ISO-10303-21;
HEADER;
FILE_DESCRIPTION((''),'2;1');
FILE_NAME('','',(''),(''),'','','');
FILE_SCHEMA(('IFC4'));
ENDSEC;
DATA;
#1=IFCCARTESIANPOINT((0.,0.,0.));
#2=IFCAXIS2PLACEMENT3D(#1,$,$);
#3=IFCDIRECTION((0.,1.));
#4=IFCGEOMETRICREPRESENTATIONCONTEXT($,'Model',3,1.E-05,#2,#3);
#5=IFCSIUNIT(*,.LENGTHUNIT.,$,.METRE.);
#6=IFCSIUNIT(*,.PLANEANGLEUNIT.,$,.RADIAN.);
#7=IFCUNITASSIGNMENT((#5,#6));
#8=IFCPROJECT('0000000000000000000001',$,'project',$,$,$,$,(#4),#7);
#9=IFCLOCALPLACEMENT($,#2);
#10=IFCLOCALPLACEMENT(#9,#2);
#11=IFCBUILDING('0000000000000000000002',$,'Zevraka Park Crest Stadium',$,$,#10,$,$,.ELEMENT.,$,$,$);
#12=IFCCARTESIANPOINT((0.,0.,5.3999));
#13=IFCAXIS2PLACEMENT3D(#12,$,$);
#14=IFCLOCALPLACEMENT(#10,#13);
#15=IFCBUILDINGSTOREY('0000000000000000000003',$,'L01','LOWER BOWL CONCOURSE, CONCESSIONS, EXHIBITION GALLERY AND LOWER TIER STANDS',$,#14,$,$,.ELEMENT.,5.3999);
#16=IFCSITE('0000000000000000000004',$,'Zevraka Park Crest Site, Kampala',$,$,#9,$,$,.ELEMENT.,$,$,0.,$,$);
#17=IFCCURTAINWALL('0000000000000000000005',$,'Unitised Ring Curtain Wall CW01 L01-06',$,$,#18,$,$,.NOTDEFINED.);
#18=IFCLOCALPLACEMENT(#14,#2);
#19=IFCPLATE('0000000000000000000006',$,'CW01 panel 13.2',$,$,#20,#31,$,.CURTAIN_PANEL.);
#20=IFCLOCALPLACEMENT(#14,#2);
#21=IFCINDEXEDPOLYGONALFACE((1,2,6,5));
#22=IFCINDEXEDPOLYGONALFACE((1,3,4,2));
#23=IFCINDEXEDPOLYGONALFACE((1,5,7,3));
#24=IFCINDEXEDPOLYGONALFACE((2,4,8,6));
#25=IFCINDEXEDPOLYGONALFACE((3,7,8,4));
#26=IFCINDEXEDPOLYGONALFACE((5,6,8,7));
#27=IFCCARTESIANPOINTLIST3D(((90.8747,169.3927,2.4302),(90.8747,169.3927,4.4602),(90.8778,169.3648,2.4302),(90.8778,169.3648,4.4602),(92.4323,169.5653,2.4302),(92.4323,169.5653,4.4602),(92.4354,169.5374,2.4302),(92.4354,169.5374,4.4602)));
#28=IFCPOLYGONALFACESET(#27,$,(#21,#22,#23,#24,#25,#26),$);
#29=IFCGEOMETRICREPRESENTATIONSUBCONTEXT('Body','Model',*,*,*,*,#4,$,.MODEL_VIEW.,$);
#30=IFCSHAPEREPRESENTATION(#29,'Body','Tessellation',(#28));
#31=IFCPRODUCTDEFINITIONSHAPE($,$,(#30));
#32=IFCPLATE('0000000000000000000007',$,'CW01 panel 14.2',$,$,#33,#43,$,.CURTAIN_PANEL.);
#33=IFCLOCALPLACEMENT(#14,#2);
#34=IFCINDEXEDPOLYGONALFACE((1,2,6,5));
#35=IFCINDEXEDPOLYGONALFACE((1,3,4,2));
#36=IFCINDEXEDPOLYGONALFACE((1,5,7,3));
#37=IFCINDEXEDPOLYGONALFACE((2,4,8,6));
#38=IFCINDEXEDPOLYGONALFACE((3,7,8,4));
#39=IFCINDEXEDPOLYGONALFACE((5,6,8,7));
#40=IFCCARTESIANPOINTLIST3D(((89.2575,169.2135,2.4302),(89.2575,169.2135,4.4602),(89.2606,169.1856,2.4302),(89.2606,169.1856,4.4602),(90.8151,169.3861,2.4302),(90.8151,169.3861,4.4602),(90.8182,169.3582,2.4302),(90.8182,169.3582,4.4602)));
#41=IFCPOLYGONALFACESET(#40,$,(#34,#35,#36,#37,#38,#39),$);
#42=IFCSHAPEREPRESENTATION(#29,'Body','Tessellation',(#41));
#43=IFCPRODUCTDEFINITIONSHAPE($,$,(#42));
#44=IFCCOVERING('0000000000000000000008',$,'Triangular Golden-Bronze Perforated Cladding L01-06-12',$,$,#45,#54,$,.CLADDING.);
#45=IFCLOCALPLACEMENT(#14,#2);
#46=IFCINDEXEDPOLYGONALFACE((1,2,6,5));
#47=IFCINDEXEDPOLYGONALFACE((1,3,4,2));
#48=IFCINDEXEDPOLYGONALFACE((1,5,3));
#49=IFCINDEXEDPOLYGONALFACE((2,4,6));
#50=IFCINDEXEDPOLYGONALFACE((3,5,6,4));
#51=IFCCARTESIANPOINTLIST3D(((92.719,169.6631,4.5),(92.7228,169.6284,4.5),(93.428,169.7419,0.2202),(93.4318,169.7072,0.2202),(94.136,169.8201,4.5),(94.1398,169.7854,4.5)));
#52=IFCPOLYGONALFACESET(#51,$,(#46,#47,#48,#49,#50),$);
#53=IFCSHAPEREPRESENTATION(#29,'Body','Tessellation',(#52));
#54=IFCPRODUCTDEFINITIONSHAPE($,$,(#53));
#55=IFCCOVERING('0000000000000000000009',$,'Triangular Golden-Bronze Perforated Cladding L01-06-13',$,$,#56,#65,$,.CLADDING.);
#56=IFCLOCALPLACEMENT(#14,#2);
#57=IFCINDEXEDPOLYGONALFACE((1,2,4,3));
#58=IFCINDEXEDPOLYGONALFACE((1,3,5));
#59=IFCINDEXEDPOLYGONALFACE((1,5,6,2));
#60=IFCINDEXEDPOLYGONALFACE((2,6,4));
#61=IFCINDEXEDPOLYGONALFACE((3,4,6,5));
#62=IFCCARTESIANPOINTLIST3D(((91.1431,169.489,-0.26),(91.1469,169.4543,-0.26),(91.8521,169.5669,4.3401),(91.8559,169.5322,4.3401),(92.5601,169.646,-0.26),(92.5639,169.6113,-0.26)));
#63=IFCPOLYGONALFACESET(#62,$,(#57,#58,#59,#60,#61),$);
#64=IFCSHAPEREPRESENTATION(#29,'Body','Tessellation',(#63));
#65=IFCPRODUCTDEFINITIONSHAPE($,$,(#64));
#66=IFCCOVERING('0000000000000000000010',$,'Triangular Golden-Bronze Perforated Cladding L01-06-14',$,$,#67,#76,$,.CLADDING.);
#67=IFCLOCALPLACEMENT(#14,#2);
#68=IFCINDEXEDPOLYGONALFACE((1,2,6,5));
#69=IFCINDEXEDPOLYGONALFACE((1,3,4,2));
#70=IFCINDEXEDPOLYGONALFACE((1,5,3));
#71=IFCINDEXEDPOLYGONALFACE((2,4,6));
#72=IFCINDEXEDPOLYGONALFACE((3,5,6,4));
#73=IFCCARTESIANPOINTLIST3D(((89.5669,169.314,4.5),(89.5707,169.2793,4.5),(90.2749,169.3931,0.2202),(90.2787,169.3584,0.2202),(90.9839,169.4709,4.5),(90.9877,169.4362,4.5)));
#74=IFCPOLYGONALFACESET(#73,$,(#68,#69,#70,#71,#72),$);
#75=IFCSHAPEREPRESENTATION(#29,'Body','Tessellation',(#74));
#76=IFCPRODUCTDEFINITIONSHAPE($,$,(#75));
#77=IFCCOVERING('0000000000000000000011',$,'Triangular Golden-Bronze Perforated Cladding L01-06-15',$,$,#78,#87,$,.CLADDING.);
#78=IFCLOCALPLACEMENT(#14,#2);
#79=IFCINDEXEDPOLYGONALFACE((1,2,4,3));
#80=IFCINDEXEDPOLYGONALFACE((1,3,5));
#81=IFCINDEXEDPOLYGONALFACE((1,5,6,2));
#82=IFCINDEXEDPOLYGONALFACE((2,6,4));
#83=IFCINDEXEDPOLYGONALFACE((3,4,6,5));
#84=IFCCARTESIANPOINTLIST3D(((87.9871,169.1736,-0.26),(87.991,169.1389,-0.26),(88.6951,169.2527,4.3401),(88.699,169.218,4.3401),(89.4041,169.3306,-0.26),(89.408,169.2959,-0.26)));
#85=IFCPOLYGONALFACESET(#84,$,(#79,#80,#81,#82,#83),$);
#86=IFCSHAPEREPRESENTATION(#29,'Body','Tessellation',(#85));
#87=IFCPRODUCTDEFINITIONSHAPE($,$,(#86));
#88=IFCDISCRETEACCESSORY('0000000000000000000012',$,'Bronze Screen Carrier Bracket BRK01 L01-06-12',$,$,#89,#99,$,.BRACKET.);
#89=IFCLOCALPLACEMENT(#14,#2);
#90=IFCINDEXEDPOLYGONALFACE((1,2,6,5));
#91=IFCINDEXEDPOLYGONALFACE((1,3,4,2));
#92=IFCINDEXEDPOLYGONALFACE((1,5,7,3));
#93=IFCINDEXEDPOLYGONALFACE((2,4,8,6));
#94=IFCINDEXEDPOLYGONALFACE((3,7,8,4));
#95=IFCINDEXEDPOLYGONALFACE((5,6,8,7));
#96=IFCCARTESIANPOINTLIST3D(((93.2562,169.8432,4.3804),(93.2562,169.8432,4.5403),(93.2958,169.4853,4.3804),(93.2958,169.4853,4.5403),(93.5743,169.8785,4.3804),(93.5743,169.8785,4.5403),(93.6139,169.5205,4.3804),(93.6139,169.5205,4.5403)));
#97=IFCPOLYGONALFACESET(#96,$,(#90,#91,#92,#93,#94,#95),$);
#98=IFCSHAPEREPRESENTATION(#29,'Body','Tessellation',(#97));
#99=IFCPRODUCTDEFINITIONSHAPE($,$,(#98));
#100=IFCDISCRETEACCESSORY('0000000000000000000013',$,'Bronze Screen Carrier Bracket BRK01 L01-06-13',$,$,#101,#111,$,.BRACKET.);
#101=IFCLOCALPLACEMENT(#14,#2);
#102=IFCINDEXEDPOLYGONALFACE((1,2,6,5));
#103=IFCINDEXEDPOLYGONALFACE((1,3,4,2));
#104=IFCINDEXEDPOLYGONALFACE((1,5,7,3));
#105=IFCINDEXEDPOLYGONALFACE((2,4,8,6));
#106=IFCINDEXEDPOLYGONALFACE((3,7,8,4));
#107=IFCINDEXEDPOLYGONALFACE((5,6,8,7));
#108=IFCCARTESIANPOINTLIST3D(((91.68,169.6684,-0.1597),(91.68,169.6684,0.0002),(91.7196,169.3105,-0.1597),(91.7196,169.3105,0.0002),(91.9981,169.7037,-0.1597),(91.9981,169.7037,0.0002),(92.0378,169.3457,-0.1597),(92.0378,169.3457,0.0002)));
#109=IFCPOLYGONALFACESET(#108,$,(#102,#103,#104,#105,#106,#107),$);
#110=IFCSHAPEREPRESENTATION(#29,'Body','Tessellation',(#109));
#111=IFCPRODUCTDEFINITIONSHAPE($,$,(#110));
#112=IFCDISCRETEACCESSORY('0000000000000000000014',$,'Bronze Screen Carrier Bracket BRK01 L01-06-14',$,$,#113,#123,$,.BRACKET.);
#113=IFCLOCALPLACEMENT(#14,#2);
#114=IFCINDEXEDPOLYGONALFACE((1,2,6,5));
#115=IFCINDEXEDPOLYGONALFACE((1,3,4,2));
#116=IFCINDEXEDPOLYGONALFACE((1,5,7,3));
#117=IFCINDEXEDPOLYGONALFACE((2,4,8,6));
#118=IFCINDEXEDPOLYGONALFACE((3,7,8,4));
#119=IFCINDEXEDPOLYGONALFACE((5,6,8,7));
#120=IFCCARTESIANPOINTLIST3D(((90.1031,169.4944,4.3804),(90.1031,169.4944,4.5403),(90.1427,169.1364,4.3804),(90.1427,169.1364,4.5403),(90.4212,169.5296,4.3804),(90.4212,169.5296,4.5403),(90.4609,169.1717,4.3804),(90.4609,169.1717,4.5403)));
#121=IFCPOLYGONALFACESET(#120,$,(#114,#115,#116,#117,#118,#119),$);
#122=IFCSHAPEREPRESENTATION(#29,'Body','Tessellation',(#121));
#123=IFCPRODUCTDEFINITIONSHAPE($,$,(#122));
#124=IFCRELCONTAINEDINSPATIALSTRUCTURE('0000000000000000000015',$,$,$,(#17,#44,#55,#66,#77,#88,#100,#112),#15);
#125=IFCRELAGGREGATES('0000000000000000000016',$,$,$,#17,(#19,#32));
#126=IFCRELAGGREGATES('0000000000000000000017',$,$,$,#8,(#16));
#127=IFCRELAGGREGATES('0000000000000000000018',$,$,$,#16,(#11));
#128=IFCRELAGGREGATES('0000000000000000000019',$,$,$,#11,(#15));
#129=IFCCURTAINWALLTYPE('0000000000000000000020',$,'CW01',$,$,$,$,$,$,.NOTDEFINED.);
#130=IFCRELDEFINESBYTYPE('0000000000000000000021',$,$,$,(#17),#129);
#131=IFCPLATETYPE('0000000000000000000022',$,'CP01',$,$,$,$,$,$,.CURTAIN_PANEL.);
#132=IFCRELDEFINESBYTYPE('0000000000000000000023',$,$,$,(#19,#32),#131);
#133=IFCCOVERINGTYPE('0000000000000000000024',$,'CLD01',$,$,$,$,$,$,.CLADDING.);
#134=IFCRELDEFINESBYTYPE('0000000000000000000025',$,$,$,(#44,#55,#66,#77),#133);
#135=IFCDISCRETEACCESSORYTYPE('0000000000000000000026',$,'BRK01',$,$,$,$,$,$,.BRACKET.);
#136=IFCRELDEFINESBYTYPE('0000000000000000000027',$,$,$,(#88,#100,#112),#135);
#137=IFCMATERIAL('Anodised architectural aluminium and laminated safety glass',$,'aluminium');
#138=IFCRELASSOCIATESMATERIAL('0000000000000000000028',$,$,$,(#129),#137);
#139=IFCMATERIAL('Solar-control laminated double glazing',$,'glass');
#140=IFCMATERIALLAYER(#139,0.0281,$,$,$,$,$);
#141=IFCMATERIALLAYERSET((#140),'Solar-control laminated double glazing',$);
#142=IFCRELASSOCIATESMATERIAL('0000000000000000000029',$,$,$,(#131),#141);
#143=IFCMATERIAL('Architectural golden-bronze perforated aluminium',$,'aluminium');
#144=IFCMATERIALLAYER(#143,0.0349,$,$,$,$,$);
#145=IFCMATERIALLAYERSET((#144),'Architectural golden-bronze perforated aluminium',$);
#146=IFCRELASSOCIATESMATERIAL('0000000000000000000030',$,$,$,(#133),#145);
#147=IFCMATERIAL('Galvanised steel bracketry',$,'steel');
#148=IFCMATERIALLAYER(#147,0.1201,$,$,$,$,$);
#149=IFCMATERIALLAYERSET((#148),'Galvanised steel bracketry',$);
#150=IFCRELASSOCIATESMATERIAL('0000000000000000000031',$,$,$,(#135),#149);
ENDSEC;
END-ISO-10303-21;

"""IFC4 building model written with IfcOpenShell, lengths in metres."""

from ifc_helpers import new_model, si_unit, direction, frame, origin, origin_2d, place, context, subcontext, project, spatial, polyline, rectangle, outline, extrude, material, layer, layer_set, type_object, element, aggregate, save


model = new_model("IFC4")

# Units and contexts
model_context = context("Model", 3, precision=1e-05, world=origin(), true_north=direction((0.0, 1.0)))
body_context = subcontext(model_context, "Body", "Model", "MODEL_VIEW")
ifc_project = project(units=[si_unit("LENGTHUNIT", "METRE"), si_unit("PLANEANGLEUNIT", "RADIAN")], contexts=[model_context])

# Site, building, storey
site_placement = place(None, origin())
site = spatial("IfcSite", under=ifc_project, at=site_placement, Name="Zevraka Park Crest Site, Kampala", CompositionType="ELEMENT", RefElevation=0.0)
building_placement = place(site_placement, origin())
building = spatial("IfcBuilding", under=site, at=building_placement, Name="Zevraka Park Crest Stadium", CompositionType="ELEMENT")
storey_placement = place(building_placement, frame((0.0, 0.0, 5.3999)))
storey = spatial("IfcBuildingStorey", under=building, at=storey_placement, Name="L01", Description="LOWER BOWL CONCOURSE, CONCESSIONS, EXHIBITION GALLERY AND LOWER TIER STANDS", CompositionType="ELEMENT", Elevation=5.3999)

# Curtain wall
ifc_material_1 = material(Name="Anodised architectural aluminium and laminated safety glass", Category="aluminium")
curtain_wall_type = type_object("IfcCurtainWallType", Name="CW01", PredefinedType="NOTDEFINED", material=ifc_material_1)
curtain_wall_placement = place(storey_placement, origin())
curtain_wall = element("IfcCurtainWall", 1, at=curtain_wall_placement, inside=storey, type_object=curtain_wall_type, Name="Unitised Ring Curtain Wall CW01 L01-06", PredefinedType="NOTDEFINED")

# Plates
ifc_material_2 = material(Name="Solar-control laminated double glazing", Category="glass")
ifc_layer_1 = layer(ifc_material_2, 0.0281)
ifc_layer_set_1 = layer_set([ifc_layer_1], Name="Solar-control laminated double glazing")
plate_type = type_object("IfcPlateType", Name="CP01", PredefinedType="CURTAIN_PANEL", material=ifc_layer_set_1)
plate_1_placement = place(storey_placement, frame((91.655, 169.4651, 2.4302), z_axis=(0.0, 0.0, 1.0), x_axis=(-0.993917, -0.110135, 0.0)))
plate_1 = element("IfcPlate", 2, at=plate_1_placement, type_object=plate_type, Name="CW01 panel 13.2", PredefinedType="CURTAIN_PANEL", context=body_context, shape_type="SweptSolid", body=[
    extrude(rectangle(XDim=1.5671, YDim=0.0281, at=origin_2d()), origin(), (0.0, 0.0, 1.0), 2.03),
])
plate_2_placement = place(storey_placement, frame((90.0378, 169.2859, 2.4302), z_axis=(0.0, 0.0, 1.0), x_axis=(-0.993917, -0.110135, 0.0)))
plate_2 = element("IfcPlate", 3, at=plate_2_placement, type_object=plate_type, Name="CW01 panel 14.2", PredefinedType="CURTAIN_PANEL", context=body_context, shape_type="SweptSolid", body=[
    extrude(rectangle(XDim=1.5671, YDim=0.0281, at=origin_2d()), origin(), (0.0, 0.0, 1.0), 2.03),
])
aggregate(curtain_wall, [plate_1, plate_2])

# Coverings
ifc_material_3 = material(Name="Architectural golden-bronze perforated aluminium", Category="aluminium")
ifc_layer_2 = layer(ifc_material_3, 0.0349)
ifc_layer_set_2 = layer_set([ifc_layer_2], Name="Architectural golden-bronze perforated aluminium")
covering_type = type_object("IfcCoveringType", Name="CLD01", PredefinedType="CLADDING", material=ifc_layer_set_2)
covering_1_placement = place(storey_placement, frame((92.719, 169.6631, 4.5), z_axis=(-0.110112, 0.993919, 0.000072), x_axis=(0.993919, 0.110112, 0.0)))
element("IfcCovering", 4, at=covering_1_placement, inside=storey, type_object=covering_type, Name="Triangular Golden-Bronze Perforated Cladding L01-06-12", PredefinedType="CLADDING", context=body_context, shape_type="SweptSolid", body=[
    extrude(outline(polyline([(0.0, 0.0), (1.4257, 0.0), (0.7134, 4.2798), (0.0, 0.0)])), origin(), (0.0, 0.0, -1.0), 0.0349),
])
covering_2_placement = place(storey_placement, frame((92.5601, 169.646, -0.26), z_axis=(-0.110112, 0.993919, 0.000144), x_axis=(-0.993919, -0.110112, 0.0)))
element("IfcCovering", 5, at=covering_2_placement, inside=storey, type_object=covering_type, Name="Triangular Golden-Bronze Perforated Cladding L01-06-13", PredefinedType="CLADDING", context=body_context, shape_type="SweptSolid", body=[
    extrude(outline(polyline([(0.0, 0.0), (1.4257, 0.0), (0.7124, 4.6001), (0.0, 0.0)])), origin(), (0.0, 0.0, -1.0), 0.0349),
])
covering_3_placement = place(storey_placement, frame((89.5669, 169.314, 4.5), z_axis=(-0.110112, 0.993919, 0.000154), x_axis=(0.993919, 0.110112, 0.0)))
element("IfcCovering", 6, at=covering_3_placement, inside=storey, type_object=covering_type, Name="Triangular Golden-Bronze Perforated Cladding L01-06-14", PredefinedType="CLADDING", context=body_context, shape_type="SweptSolid", body=[
    extrude(outline(polyline([(0.0, 0.0), (1.4257, 0.0), (0.7124, 4.2798), (0.0, 0.0)])), origin(), (0.0, 0.0, -1.0), 0.0349),
])
covering_4_placement = place(storey_placement, frame((89.408, 169.2959, -0.26), z_axis=(0.110112, -0.993919, 0.000144), x_axis=(-0.993919, -0.110112, 0.0)))
element("IfcCovering", 7, at=covering_4_placement, inside=storey, type_object=covering_type, Name="Triangular Golden-Bronze Perforated Cladding L01-06-15", PredefinedType="CLADDING", context=body_context, shape_type="SweptSolid", body=[
    extrude(outline(polyline([(0.0, 0.0), (1.4257, 0.0), (0.7132, -4.6001), (0.0, 0.0)])), origin(), (0.0, 0.0, -1.0), 0.0349),
])

# Discrete accessories
ifc_material_4 = material(Name="Galvanised steel bracketry", Category="steel")
ifc_layer_3 = layer(ifc_material_4, 0.1201)
ifc_layer_set_3 = layer_set([ifc_layer_3], Name="Galvanised steel bracketry")
discrete_accessory_type = type_object("IfcDiscreteAccessoryType", Name="BRK01", PredefinedType="BRACKET", material=ifc_layer_set_3)
for number, where, z_axis, x_axis, name in (
    (8, (93.4351, 169.6819, 4.3804), (0.0, 0.0, 1.0), (-0.993923, -0.110081, 0.0), "Bronze Screen Carrier Bracket BRK01 L01-06-12"),
    (9, (91.8589, 169.5071, -0.1597), (0.0, 0.0, 1.0), (-0.993923, -0.110081, 0.0), "Bronze Screen Carrier Bracket BRK01 L01-06-13"),
    (10, (90.282, 169.333, 4.3804), (0.0, 0.0, 1.0), (-0.993923, -0.110081, 0.0), "Bronze Screen Carrier Bracket BRK01 L01-06-14"),
):
    element("IfcDiscreteAccessory", number, at=place(storey_placement, frame(where, z_axis=z_axis, x_axis=x_axis)), inside=storey, type_object=discrete_accessory_type, Name=name, PredefinedType="BRACKET", context=body_context, shape_type="SweptSolid", body=[
        extrude(rectangle(XDim=0.3201, YDim=0.3601, at=origin_2d()), origin(), (0.0, 0.0, 1.0), 0.1599),
    ])

save(model, "model.ifc")
